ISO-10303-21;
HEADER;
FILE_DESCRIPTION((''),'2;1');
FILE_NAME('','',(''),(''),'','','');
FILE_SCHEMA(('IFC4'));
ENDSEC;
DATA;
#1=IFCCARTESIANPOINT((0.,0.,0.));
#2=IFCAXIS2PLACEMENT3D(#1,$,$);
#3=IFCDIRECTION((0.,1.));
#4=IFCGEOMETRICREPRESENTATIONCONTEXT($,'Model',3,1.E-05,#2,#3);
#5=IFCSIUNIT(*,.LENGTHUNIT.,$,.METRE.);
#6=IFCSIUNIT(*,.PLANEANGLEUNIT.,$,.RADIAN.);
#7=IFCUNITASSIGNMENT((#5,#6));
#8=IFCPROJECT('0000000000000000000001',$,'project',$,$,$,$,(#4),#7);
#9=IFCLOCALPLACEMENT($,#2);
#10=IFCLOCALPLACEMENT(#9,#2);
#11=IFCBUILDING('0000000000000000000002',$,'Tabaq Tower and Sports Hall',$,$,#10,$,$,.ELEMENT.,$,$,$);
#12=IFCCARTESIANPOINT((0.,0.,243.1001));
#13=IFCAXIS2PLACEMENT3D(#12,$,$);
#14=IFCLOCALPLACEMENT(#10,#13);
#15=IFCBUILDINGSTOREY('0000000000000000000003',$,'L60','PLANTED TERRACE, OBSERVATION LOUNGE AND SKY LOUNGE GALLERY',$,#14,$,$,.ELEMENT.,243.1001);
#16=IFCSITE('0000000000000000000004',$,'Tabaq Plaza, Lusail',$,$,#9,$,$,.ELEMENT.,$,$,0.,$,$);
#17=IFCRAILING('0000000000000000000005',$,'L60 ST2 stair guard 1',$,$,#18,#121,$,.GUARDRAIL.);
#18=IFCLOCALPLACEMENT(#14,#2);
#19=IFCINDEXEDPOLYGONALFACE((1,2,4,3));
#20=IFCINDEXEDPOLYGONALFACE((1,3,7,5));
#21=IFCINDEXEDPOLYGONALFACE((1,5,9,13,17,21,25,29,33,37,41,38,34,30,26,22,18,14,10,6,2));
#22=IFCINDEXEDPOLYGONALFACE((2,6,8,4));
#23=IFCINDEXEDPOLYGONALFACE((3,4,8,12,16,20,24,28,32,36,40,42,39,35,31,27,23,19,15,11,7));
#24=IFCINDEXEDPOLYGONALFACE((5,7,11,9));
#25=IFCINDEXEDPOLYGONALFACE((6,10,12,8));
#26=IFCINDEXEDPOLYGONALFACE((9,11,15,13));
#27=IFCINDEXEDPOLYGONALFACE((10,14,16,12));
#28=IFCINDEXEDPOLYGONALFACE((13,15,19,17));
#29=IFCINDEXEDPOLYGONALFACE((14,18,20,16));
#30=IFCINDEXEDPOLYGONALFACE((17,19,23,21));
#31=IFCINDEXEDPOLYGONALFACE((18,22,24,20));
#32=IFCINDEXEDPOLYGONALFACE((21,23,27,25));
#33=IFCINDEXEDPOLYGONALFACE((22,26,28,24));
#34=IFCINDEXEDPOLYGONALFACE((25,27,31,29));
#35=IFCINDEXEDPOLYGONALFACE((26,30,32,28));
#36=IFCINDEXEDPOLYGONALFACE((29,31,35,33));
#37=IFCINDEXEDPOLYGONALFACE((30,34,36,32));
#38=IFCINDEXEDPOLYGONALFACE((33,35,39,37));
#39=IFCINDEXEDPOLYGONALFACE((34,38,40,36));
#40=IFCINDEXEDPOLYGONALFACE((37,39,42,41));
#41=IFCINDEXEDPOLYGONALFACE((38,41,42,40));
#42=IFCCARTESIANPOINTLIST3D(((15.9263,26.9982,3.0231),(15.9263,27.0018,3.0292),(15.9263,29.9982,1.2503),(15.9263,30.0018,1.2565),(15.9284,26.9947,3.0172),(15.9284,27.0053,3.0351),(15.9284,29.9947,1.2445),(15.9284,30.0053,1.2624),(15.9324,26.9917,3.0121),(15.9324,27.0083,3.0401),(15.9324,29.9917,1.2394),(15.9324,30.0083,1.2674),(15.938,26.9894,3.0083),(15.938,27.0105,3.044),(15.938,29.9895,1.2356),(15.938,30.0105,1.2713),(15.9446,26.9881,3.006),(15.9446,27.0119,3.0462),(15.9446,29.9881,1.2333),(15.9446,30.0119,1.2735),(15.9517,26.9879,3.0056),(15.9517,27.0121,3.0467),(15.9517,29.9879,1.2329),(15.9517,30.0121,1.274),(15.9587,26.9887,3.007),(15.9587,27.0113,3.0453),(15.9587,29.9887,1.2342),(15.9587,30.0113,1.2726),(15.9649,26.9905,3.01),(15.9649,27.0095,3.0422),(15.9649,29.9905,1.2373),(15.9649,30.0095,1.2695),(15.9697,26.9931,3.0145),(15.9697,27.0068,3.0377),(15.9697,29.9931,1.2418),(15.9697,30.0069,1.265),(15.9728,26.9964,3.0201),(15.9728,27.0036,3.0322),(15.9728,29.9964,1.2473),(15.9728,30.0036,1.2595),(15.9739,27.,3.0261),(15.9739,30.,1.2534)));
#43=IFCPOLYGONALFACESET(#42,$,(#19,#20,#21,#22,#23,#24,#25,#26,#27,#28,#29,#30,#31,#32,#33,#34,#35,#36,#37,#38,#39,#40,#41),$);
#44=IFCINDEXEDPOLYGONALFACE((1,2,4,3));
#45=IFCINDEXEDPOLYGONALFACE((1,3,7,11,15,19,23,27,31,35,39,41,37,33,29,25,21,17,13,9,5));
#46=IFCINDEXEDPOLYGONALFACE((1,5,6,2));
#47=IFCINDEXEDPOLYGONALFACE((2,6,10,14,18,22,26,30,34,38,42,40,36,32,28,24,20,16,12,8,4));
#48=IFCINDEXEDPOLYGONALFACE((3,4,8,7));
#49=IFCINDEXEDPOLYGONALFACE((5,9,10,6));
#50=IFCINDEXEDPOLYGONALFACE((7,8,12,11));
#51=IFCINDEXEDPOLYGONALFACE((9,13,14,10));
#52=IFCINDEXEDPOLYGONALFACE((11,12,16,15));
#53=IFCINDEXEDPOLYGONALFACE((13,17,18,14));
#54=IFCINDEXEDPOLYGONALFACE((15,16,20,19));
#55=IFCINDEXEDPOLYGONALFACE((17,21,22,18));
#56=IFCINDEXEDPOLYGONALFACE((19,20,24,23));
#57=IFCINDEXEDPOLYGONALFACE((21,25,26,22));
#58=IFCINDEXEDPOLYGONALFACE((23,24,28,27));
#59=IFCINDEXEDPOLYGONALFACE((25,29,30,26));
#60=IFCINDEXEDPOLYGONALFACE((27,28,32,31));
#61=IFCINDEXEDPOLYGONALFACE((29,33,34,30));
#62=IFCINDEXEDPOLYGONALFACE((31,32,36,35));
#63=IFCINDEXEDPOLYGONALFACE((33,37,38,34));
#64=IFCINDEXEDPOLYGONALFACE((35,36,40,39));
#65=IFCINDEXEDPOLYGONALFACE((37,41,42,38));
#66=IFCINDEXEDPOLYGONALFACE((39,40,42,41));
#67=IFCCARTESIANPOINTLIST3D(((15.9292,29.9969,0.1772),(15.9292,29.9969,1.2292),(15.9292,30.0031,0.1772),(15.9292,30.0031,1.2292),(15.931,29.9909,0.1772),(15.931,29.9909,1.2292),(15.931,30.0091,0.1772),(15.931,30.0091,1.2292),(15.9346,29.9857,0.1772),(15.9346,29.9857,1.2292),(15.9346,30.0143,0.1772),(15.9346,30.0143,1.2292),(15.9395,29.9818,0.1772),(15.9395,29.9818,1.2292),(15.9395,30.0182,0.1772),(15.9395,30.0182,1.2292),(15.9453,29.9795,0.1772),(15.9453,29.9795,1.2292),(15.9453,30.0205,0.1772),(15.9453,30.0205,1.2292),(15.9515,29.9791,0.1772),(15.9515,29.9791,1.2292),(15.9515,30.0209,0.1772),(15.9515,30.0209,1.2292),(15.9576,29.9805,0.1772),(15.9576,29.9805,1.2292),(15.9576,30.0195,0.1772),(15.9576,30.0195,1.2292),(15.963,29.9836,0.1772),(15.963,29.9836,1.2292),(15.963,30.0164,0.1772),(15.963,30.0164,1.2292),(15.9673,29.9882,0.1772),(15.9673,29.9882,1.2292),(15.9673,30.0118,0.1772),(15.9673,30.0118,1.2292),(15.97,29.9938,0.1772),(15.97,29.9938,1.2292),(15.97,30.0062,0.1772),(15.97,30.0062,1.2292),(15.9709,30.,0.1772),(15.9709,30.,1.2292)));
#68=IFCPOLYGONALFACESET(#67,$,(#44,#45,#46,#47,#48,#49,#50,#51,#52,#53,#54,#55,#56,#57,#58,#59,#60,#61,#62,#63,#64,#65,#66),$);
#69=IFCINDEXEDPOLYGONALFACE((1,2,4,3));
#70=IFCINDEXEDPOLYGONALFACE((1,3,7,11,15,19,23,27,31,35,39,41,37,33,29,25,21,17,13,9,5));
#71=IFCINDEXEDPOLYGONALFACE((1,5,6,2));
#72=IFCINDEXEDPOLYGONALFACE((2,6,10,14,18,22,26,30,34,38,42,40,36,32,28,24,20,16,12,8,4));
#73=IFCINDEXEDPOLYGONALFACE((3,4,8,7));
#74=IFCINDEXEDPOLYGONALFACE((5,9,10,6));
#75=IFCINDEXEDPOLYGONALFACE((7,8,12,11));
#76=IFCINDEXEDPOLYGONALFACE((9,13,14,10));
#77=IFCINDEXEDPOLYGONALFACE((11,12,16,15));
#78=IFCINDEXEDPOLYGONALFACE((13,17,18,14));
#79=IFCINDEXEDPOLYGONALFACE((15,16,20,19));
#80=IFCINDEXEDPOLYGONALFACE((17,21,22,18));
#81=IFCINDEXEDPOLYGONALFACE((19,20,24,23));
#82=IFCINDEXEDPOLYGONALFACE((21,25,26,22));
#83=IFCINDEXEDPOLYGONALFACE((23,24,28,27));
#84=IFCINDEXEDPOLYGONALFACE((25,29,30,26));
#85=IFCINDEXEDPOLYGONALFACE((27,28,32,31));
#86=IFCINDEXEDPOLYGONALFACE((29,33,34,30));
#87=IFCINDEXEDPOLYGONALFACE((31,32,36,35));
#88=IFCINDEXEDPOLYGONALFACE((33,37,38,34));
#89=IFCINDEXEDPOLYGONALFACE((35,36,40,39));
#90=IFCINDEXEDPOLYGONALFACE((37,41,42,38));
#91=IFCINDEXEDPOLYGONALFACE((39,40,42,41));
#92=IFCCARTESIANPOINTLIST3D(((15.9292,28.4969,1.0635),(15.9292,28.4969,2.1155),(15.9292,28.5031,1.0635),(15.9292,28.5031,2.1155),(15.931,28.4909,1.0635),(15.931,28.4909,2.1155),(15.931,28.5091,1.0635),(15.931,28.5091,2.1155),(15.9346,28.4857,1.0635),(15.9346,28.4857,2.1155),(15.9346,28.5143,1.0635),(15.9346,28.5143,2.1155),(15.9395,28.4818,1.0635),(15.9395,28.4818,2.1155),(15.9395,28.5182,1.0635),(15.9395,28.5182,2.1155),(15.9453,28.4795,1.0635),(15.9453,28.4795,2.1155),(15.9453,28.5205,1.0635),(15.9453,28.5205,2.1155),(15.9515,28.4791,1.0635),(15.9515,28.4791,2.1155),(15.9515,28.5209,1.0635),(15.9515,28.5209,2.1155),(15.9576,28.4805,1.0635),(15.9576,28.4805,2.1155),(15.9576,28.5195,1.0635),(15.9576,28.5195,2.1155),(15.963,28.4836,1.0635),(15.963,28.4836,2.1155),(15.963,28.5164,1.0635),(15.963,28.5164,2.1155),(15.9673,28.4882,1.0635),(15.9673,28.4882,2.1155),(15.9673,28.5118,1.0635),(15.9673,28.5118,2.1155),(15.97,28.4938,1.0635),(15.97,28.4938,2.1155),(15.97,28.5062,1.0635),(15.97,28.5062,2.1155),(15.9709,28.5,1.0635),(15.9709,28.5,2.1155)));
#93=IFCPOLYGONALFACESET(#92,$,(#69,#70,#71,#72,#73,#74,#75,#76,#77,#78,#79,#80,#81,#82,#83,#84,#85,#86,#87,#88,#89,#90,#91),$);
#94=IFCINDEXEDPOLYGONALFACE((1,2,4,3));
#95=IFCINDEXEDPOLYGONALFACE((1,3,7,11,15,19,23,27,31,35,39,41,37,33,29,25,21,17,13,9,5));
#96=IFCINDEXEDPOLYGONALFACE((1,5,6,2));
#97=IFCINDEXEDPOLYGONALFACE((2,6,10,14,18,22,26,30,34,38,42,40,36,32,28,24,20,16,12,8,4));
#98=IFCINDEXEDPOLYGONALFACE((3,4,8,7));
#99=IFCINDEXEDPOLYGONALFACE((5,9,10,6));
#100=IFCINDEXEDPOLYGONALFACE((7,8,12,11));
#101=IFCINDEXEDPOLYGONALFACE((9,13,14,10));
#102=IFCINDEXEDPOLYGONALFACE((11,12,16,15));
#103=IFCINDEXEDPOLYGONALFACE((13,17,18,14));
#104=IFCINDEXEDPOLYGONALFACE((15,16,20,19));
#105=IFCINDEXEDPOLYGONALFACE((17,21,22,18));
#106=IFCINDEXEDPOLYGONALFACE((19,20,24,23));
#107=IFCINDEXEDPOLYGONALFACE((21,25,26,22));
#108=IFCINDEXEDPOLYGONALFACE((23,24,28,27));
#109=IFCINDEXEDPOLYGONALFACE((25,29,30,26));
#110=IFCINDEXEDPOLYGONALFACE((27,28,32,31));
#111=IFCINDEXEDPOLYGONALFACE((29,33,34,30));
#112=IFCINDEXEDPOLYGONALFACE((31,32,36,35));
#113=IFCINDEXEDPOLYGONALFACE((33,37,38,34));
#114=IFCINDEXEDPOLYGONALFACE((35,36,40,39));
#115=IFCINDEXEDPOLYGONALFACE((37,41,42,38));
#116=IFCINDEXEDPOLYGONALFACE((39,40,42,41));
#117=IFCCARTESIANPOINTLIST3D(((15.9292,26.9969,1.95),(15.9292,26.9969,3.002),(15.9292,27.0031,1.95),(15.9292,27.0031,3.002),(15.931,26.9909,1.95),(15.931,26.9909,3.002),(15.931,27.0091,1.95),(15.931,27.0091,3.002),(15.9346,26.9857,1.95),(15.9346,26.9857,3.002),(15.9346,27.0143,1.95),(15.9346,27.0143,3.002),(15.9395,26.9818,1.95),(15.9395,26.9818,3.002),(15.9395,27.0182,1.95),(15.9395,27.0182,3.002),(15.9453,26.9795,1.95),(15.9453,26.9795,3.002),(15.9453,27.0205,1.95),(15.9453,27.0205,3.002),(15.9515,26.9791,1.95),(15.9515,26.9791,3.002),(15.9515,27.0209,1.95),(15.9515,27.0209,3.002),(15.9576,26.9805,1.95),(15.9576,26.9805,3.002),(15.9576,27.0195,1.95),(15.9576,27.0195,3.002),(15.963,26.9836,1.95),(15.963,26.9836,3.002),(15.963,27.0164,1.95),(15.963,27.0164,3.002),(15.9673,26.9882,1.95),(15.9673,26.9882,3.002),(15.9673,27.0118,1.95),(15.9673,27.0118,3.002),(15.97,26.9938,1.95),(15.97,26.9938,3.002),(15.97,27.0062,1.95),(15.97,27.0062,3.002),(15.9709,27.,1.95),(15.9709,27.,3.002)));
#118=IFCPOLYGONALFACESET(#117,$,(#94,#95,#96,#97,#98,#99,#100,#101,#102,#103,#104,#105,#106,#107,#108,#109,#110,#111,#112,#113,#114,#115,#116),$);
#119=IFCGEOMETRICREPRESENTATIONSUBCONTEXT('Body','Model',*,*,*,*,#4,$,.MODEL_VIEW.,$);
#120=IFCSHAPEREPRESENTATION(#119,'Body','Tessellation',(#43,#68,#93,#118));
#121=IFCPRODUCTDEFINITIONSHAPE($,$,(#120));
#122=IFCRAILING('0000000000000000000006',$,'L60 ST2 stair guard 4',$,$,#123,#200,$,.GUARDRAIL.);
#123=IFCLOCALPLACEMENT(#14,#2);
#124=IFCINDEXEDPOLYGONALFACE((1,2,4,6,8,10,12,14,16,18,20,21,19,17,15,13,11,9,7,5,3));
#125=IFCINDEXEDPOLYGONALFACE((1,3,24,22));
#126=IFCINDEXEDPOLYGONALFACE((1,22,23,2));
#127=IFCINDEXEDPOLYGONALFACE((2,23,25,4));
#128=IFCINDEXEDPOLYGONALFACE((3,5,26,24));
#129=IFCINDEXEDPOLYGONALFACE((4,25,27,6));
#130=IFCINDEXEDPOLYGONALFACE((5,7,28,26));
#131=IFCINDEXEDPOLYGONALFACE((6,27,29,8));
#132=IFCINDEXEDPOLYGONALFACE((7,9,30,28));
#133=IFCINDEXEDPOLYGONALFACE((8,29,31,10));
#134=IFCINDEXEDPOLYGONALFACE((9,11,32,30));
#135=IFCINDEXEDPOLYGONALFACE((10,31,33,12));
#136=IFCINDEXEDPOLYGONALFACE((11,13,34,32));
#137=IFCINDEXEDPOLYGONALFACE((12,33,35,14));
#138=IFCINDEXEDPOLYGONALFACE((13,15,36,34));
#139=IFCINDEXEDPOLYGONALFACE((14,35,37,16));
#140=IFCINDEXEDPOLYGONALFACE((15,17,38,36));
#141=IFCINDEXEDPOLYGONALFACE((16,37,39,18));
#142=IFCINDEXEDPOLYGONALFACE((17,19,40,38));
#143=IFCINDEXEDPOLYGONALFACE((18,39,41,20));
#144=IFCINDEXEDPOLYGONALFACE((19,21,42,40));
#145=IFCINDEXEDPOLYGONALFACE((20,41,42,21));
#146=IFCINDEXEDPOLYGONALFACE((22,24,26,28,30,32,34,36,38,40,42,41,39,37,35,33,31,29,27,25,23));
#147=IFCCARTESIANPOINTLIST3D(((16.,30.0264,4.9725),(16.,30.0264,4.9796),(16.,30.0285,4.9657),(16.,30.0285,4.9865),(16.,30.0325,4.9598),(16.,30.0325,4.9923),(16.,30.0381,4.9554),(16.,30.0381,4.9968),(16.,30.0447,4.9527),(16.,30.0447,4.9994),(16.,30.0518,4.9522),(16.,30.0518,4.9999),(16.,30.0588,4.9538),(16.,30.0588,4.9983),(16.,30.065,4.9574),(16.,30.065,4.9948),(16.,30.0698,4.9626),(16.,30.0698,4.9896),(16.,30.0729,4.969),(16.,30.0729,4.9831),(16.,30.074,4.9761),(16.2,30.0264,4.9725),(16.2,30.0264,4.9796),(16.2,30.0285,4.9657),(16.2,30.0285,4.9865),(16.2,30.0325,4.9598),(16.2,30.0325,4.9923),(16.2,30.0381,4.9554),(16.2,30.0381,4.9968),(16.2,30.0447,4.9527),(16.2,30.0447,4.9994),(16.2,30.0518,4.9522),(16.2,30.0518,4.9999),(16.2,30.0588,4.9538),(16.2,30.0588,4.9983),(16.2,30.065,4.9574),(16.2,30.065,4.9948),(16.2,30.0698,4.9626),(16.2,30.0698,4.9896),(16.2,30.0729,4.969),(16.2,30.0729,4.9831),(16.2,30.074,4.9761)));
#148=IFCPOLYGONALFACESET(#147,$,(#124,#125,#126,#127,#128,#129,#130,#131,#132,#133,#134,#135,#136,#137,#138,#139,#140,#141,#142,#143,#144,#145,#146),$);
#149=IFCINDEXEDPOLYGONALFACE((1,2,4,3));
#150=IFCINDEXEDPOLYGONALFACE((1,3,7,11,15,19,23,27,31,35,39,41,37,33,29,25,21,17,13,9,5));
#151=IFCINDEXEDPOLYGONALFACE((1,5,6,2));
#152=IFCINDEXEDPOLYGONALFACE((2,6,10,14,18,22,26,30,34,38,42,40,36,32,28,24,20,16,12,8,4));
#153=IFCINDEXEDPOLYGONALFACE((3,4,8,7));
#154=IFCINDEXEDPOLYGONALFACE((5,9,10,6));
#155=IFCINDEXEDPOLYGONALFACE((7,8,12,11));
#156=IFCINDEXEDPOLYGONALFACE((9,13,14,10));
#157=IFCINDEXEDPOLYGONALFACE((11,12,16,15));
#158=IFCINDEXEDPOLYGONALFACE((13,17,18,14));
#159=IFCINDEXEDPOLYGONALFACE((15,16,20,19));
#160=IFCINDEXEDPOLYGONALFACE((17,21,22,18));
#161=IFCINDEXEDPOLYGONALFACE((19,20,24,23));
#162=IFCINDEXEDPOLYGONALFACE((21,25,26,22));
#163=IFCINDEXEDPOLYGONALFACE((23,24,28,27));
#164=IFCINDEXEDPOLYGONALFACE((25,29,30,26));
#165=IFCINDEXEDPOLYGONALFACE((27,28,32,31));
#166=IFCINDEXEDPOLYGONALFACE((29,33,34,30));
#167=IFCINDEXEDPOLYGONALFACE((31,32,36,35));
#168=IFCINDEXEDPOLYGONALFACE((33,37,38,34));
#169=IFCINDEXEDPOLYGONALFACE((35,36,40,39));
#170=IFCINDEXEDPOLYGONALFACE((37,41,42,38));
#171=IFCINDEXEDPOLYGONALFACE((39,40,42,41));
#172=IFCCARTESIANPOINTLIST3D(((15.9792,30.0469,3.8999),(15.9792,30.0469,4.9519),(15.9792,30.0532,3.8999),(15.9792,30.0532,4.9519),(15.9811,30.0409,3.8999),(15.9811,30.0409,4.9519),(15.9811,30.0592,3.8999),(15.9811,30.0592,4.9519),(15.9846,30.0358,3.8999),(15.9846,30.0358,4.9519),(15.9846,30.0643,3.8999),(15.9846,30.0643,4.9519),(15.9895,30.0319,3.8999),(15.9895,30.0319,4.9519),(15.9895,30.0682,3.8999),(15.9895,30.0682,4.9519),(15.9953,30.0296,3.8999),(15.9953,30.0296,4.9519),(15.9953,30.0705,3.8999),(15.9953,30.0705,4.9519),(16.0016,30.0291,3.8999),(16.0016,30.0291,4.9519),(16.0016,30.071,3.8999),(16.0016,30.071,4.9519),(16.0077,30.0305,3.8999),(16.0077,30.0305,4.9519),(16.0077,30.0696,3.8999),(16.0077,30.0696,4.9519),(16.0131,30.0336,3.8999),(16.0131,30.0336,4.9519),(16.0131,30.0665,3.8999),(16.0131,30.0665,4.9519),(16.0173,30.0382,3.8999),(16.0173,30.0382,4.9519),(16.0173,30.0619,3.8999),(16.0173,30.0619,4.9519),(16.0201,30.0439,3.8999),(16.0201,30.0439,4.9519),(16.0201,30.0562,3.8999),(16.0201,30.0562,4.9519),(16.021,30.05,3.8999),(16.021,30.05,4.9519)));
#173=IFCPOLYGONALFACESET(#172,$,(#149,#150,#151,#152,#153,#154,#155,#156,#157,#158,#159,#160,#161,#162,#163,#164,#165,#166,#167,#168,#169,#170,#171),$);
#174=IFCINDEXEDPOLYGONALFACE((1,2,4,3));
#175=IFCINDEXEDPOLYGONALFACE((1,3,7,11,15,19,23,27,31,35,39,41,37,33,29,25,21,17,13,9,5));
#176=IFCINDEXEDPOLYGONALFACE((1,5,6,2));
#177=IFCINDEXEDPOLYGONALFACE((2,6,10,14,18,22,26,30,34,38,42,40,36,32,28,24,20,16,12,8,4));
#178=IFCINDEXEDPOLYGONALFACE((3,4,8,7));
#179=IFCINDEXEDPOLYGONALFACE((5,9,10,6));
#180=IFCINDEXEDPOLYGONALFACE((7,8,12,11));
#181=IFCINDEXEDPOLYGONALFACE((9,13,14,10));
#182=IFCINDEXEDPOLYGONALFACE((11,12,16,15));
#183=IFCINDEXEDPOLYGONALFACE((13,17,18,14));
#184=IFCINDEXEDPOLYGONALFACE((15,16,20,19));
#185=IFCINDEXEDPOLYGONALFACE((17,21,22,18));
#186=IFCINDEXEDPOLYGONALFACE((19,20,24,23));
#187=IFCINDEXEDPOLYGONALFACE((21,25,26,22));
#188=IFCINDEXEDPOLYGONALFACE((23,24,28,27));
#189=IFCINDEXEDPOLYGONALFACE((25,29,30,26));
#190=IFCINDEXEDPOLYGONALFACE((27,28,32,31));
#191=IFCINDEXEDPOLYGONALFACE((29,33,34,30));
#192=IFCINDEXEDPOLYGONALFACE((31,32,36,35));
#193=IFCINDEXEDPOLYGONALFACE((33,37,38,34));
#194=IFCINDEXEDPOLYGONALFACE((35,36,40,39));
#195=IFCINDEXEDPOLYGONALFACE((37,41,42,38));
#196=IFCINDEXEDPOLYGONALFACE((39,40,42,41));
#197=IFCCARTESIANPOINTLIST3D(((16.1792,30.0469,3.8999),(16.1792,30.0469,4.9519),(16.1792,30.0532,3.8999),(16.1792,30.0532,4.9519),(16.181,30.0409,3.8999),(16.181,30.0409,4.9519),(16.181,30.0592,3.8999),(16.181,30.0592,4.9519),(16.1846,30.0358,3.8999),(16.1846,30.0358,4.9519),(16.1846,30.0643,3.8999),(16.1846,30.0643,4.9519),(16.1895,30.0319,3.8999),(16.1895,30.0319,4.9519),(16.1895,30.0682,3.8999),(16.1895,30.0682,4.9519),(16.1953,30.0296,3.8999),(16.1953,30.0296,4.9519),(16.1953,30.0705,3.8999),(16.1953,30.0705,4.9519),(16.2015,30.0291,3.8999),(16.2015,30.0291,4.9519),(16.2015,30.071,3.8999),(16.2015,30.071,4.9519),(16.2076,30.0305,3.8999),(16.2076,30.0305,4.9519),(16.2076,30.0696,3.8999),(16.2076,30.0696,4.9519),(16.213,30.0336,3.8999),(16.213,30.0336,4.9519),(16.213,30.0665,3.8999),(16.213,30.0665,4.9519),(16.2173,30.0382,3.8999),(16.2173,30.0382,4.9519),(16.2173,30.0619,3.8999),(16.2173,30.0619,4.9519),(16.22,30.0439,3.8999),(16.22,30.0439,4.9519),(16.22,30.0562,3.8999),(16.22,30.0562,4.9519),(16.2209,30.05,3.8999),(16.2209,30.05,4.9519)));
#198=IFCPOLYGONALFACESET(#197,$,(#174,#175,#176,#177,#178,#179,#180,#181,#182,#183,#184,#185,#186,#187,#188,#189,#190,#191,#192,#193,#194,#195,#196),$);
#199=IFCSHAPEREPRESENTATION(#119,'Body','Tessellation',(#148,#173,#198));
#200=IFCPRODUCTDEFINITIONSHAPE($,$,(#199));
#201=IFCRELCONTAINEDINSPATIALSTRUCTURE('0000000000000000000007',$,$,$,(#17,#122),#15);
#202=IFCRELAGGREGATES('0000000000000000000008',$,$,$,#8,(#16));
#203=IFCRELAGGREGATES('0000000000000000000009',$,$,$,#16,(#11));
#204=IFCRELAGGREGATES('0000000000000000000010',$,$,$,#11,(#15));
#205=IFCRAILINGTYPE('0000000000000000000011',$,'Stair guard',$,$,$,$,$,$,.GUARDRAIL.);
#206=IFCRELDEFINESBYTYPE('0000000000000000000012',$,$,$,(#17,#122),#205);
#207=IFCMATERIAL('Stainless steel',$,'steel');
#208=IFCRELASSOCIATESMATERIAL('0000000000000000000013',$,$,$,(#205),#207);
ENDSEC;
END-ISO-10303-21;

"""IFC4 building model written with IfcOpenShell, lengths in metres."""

from ifc_helpers import new_model, si_unit, direction, frame, origin, origin_2d, place, context, subcontext, project, spatial, circle, extrude, material, type_object, element, save


model = new_model("IFC4")

# Units and contexts
model_context = context("Model", 3, precision=1e-05, world=origin(), true_north=direction((0.0, 1.0)))
body_context = subcontext(model_context, "Body", "Model", "MODEL_VIEW")
ifc_project = project(units=[si_unit("LENGTHUNIT", "METRE"), si_unit("PLANEANGLEUNIT", "RADIAN")], contexts=[model_context])

# Site, building, storey
site_placement = place(None, origin())
site = spatial("IfcSite", under=ifc_project, at=site_placement, Name="Tabaq Plaza, Lusail", CompositionType="ELEMENT", RefElevation=0.0)
building_placement = place(site_placement, origin())
building = spatial("IfcBuilding", under=site, at=building_placement, Name="Tabaq Tower and Sports Hall", CompositionType="ELEMENT")
storey_placement = place(building_placement, frame((0.0, 0.0, 243.1001)))
storey = spatial("IfcBuildingStorey", under=building, at=storey_placement, Name="L60", Description="PLANTED TERRACE, OBSERVATION LOUNGE AND SKY LOUNGE GALLERY", CompositionType="ELEMENT", Elevation=243.1001)

# Railings
ifc_material_1 = material(Name="Stainless steel", Category="steel")
railing_type_1 = type_object("IfcRailingType", Name="Stair guard", PredefinedType="GUARDRAIL", material=ifc_material_1)
railing_1_placement = place(storey_placement, frame((15.95, 30.0, 0.1772)))
element("IfcRailing", 1, at=railing_1_placement, inside=storey, type_object=railing_type_1, Name="L60 ST2 stair guard 1", PredefinedType="GUARDRAIL", context=body_context, shape_type="SweptSolid", body=[
    extrude(circle(Radius=0.0239, at=origin_2d()), frame((0.0, 0.0, 1.0762), z_axis=(0.0, -0.860929, 0.508725), x_axis=(1.0, 0.0, 0.0)), (0.0, 0.0, 1.0), 3.4846),
    extrude(circle(Radius=0.021, at=origin_2d()), origin(), (0.0, 0.0, 1.0), 1.052),
    extrude(circle(Radius=0.021, at=origin_2d()), frame((0.0, -1.5, 0.8862)), (0.0, 0.0, 1.0), 1.052),
    extrude(circle(Radius=0.021, at=origin_2d()), frame((0.0, -3.0, 1.7727)), (0.0, 0.0, 1.0), 1.052),
])
railing_2_placement = place(storey_placement, frame((16.0, 30.05, 3.8999)))
element("IfcRailing", 2, at=railing_2_placement, inside=storey, type_object=railing_type_1, Name="L60 ST2 stair guard 4", PredefinedType="GUARDRAIL", context=body_context, shape_type="SweptSolid", body=[
    extrude(circle(Radius=0.0239, at=origin_2d()), frame((0.0, 0.0, 1.0762), z_axis=(1.0, 0.0, 0.0), x_axis=(0.0, 1.0, 0.0)), (0.0, 0.0, 1.0), 0.2),
    extrude(circle(Radius=0.021, at=origin_2d()), origin(), (0.0, 0.0, 1.0), 1.052),
    extrude(circle(Radius=0.021, at=origin_2d()), frame((0.2, 0.0, 0.0)), (0.0, 0.0, 1.0), 1.052),
])

save(model, "model.ifc")
